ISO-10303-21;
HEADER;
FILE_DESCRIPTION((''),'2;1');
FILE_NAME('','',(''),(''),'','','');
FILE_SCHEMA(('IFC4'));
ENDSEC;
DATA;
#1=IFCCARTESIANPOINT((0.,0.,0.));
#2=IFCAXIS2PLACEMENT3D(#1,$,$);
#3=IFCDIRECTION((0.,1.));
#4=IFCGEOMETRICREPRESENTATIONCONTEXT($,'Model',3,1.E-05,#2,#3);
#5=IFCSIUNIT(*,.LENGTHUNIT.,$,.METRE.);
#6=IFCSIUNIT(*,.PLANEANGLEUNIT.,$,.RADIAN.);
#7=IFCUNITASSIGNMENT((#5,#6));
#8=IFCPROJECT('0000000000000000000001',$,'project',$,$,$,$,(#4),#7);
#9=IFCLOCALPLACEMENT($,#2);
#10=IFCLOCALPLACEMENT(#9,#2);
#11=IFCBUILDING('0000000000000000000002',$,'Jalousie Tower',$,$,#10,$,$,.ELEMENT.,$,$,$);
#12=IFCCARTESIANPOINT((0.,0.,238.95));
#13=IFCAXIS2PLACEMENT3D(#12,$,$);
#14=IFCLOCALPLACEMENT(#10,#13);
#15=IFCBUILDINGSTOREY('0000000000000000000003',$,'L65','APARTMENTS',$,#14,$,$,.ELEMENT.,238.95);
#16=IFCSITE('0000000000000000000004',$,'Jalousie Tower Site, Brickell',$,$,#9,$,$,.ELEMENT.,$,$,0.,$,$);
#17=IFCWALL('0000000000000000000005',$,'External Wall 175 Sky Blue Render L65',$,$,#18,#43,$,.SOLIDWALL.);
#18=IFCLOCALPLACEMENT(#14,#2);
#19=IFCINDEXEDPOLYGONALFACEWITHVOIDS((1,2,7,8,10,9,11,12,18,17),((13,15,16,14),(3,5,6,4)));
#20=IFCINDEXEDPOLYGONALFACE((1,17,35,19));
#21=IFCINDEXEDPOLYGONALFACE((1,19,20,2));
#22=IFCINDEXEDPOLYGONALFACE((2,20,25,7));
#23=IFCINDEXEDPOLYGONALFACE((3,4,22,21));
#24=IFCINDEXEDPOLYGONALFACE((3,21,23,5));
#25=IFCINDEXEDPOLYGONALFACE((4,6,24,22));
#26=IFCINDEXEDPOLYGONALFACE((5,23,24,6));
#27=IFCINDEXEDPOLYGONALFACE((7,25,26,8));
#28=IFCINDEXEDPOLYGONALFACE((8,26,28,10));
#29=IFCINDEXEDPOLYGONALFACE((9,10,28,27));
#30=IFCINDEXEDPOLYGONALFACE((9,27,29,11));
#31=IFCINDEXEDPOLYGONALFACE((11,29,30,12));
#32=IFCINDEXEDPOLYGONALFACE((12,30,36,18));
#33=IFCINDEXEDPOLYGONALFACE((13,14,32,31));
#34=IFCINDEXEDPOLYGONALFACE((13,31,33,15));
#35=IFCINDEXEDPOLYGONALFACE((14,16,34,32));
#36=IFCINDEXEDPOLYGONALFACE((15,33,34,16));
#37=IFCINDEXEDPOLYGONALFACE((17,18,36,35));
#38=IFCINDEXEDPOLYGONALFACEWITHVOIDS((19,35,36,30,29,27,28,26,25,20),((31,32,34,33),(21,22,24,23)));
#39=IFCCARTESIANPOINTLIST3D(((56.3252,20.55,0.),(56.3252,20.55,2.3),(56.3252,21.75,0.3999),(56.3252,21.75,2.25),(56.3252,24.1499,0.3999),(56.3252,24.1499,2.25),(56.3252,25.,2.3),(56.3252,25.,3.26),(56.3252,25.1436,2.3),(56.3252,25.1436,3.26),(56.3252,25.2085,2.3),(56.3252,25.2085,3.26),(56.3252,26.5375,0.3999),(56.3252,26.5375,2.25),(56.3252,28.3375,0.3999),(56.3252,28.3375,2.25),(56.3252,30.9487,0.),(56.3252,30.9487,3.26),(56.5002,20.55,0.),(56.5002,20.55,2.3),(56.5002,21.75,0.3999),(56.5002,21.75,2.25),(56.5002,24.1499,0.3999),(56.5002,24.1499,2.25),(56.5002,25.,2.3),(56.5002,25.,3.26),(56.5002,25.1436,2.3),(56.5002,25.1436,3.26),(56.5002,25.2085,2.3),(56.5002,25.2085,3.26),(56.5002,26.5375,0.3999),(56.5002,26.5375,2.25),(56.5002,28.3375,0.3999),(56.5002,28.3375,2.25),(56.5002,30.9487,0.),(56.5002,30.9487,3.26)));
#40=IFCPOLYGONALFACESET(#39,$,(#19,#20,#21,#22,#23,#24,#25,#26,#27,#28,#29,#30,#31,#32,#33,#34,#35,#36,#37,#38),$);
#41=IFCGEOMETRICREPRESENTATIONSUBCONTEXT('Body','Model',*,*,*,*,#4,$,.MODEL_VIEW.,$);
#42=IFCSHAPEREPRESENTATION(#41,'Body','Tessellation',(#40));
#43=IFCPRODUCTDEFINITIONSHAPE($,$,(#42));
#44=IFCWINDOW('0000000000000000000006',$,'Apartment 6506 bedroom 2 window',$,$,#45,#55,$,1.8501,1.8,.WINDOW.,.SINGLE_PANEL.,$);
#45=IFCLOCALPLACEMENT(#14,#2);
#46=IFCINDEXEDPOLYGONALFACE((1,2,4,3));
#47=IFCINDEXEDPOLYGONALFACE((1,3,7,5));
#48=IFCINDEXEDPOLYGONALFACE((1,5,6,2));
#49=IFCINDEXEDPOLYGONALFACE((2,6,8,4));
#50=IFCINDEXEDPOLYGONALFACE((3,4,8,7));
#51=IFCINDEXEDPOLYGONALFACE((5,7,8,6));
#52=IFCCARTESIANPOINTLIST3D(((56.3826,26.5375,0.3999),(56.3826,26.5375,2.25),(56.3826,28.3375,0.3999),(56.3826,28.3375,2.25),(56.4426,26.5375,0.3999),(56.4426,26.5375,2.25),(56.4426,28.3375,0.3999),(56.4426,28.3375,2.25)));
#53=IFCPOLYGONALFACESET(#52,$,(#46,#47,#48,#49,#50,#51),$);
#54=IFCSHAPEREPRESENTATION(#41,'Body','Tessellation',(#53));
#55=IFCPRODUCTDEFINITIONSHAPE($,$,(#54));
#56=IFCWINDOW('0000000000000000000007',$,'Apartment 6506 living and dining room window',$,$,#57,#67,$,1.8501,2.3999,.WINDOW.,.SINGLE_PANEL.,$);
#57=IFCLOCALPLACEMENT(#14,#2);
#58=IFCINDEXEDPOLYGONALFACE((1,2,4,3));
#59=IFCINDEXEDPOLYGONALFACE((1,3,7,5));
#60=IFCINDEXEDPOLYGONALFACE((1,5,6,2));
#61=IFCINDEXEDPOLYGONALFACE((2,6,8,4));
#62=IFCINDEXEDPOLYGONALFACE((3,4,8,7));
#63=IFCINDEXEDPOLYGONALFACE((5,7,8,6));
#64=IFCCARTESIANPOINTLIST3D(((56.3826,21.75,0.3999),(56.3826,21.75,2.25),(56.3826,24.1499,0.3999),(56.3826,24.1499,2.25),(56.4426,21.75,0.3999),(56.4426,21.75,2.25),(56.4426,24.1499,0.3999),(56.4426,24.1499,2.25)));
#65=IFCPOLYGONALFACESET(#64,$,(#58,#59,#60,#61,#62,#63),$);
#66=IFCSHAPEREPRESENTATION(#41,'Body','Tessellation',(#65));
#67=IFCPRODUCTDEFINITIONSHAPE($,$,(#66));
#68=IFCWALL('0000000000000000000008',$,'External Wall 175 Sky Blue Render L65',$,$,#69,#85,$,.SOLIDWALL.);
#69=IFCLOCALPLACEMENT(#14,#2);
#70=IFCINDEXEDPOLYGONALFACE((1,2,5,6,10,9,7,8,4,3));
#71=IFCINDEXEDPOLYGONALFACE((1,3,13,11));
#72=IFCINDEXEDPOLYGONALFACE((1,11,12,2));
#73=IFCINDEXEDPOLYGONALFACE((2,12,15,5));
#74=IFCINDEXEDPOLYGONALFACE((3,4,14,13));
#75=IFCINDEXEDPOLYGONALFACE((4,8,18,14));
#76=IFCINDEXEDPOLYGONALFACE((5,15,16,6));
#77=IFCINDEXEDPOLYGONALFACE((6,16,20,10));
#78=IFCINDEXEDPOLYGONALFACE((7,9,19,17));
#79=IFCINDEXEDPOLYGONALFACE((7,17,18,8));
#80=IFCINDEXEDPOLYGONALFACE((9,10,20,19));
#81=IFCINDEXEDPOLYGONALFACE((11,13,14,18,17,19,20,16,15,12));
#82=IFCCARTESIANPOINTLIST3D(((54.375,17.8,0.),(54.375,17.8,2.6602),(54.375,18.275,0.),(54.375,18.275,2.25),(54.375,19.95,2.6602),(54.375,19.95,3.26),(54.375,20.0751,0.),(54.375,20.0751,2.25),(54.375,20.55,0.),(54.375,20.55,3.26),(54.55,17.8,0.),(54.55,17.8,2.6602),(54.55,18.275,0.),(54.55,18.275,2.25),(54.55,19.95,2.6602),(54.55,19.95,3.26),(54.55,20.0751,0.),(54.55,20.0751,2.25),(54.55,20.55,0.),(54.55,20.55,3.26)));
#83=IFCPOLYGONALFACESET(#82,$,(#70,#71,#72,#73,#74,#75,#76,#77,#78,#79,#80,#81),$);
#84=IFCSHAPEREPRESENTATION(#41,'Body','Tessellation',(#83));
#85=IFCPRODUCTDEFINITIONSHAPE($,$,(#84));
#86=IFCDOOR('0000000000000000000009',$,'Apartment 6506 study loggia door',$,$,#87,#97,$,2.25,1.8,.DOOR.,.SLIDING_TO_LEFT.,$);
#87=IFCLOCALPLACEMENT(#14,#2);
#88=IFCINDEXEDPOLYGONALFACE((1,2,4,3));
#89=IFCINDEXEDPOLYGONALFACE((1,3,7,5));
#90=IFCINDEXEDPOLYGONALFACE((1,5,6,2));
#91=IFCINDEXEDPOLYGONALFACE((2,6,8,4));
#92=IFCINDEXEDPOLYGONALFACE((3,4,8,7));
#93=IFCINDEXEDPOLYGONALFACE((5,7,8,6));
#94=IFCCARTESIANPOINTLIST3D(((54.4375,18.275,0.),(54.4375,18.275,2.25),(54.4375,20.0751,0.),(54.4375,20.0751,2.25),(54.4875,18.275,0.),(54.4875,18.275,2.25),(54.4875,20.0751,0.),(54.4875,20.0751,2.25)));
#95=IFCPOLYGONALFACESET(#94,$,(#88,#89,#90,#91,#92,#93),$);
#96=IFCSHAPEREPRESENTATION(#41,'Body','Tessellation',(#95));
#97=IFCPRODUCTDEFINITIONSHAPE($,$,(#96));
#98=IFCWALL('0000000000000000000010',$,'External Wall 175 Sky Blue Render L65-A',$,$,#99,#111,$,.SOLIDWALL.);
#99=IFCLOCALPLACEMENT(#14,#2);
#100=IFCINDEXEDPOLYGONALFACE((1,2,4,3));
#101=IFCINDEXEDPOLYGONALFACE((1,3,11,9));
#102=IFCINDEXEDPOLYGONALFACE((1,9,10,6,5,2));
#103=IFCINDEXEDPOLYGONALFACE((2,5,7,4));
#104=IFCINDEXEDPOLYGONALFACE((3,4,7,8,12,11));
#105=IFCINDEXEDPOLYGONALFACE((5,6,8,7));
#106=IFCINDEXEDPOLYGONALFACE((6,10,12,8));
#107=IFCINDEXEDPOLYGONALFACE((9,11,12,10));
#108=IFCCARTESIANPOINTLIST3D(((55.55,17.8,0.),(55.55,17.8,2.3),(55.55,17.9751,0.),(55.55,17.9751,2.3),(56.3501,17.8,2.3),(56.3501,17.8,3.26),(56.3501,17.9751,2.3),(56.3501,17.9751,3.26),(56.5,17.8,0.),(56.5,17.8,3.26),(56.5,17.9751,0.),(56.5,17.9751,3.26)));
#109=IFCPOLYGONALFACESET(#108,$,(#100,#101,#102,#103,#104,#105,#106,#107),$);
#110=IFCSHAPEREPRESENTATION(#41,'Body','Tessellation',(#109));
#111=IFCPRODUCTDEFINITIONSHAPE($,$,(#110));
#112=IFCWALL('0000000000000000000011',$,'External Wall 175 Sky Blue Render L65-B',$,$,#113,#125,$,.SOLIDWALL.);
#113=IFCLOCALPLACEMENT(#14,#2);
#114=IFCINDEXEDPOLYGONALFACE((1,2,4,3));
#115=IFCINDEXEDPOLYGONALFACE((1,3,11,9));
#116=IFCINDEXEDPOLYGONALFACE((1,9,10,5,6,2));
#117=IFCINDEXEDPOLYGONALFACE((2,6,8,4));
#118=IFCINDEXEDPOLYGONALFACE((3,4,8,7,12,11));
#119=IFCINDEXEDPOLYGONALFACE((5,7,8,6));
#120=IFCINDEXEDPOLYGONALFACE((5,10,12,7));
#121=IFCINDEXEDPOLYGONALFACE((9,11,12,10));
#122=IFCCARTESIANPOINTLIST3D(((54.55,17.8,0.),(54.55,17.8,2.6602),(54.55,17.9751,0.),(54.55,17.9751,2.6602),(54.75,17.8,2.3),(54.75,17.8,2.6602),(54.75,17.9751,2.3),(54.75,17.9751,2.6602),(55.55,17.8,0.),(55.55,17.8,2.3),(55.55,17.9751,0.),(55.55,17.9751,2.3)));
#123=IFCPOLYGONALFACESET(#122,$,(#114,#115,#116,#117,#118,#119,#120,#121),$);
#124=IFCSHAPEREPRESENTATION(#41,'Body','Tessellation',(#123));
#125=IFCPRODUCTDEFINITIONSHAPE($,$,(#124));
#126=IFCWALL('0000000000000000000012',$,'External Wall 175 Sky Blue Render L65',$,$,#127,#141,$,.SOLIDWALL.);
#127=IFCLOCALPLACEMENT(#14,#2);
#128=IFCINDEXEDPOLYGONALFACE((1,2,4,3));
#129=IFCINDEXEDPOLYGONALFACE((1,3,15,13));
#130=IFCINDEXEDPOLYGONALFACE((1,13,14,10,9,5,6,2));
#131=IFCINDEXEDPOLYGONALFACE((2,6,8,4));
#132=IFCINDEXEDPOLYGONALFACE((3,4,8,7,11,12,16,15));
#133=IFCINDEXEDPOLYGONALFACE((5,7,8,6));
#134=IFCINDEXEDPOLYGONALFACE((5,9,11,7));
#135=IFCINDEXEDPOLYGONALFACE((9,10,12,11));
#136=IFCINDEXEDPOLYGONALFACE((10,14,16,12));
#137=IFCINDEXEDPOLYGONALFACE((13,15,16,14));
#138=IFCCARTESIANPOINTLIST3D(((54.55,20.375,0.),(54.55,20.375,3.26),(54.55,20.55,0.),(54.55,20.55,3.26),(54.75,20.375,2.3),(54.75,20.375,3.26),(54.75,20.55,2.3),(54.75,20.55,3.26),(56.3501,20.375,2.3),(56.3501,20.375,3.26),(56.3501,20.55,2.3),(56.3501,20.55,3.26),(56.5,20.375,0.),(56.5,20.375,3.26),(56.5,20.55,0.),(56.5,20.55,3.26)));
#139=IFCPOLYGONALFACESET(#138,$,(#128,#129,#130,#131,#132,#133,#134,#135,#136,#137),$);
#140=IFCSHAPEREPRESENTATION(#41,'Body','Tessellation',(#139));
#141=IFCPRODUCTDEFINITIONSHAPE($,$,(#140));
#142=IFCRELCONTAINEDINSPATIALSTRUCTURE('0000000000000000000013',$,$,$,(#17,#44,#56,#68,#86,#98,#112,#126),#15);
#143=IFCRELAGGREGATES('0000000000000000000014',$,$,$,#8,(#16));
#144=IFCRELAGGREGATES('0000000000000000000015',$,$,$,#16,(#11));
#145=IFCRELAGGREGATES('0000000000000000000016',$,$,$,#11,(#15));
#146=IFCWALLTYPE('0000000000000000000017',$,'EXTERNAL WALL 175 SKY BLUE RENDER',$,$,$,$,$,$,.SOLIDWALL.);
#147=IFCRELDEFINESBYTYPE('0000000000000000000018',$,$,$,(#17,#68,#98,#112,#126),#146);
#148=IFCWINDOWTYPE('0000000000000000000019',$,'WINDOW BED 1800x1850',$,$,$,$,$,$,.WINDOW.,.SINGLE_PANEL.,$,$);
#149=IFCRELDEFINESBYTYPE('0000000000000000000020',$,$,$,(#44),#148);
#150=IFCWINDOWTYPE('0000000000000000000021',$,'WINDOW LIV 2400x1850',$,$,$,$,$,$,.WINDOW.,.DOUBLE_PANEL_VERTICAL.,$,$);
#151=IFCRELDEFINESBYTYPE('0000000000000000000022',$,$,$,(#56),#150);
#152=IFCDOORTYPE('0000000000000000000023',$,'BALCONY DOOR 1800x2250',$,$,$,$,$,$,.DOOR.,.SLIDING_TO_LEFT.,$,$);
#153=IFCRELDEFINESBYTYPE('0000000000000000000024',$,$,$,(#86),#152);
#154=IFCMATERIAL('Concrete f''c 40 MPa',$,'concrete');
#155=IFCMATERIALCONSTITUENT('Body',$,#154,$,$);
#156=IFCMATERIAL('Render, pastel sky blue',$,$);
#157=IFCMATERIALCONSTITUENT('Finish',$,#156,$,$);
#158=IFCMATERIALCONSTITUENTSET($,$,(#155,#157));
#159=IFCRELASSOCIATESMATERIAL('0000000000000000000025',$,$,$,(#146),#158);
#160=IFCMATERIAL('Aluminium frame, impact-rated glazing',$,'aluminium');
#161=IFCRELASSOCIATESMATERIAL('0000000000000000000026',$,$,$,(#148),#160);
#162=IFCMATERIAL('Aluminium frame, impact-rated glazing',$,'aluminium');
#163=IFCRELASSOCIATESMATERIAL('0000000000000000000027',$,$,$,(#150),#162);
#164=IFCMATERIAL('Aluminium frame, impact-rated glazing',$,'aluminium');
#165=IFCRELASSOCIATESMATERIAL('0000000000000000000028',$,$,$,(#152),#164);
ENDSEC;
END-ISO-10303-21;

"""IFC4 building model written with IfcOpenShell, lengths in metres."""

from ifc_helpers import new_model, si_unit, direction, frame, frame_2d, origin, place, context, subcontext, project, spatial, polyline, rectangle, outline, extrude, material, constituent, constituent_set, type_object, element, fill, save


model = new_model("IFC4")

# Units and contexts
model_context = context("Model", 3, precision=1e-05, world=origin(), true_north=direction((0.0, 1.0)))
body_context = subcontext(model_context, "Body", "Model", "MODEL_VIEW")
ifc_project = project(units=[si_unit("LENGTHUNIT", "METRE"), si_unit("PLANEANGLEUNIT", "RADIAN")], contexts=[model_context])

# Site, building, storey
site_placement = place(None, origin())
site = spatial("IfcSite", under=ifc_project, at=site_placement, Name="Jalousie Tower Site, Brickell", CompositionType="ELEMENT", RefElevation=0.0)
building_placement = place(site_placement, origin())
building = spatial("IfcBuilding", under=site, at=building_placement, Name="Jalousie Tower", CompositionType="ELEMENT")
storey_placement = place(building_placement, frame((0.0, 0.0, 238.95)))
storey = spatial("IfcBuildingStorey", under=building, at=storey_placement, Name="L65", Description="APARTMENTS", CompositionType="ELEMENT", Elevation=238.95)

# Wall, openings, windows
ifc_material_1 = material(Name="Concrete f'c 40 MPa", Category="concrete")
ifc_constituent_1 = constituent(ifc_material_1, Name="Body")
ifc_material_2 = material(Name="Render, pastel sky blue")
ifc_constituent_2 = constituent(ifc_material_2, Name="Finish")
ifc_constituent_set_1 = constituent_set(constituents=[ifc_constituent_1, ifc_constituent_2])
wall_type_1 = type_object("IfcWallType", Name="EXTERNAL WALL 175 SKY BLUE RENDER", PredefinedType="SOLIDWALL", material=ifc_constituent_set_1)
wall_1_placement = place(storey_placement, frame((56.4126, 20.55, 0.0), z_axis=(0.0, 0.0, 1.0), x_axis=(0.0, 1.0, 0.0)))
wall_1 = element("IfcWall", 1, at=wall_1_placement, inside=storey, type_object=wall_type_1, Name="External Wall 175 Sky Blue Render L65", PredefinedType="SOLIDWALL", context=body_context, shape_type="SweptSolid", body=[
    extrude(outline(polyline([(0.0, 0.0), (10.3987, 0.0), (10.3987, 3.26), (4.6584, 3.26), (4.6584, 2.3), (4.5935, 2.3), (4.5935, 3.26), (4.45, 3.26), (4.45, 2.3), (0.0, 2.3), (0.0, 0.0)])), frame((0.0, 0.0874, 0.0), z_axis=(0.0, -1.0, 0.0), x_axis=(1.0, 0.0, 0.0)), (0.0, 0.0, 1.0), 0.175),
])
opening_1_placement = place(wall_1_placement, frame((1.2, 0.0, 0.3999)))
opening_1 = element("IfcOpeningElement", 2, at=opening_1_placement, cuts=wall_1, PredefinedType="OPENING", context=body_context, shape_type="SweptSolid", body=[
    extrude(rectangle(XDim=2.3999, YDim=1.8501, at=frame_2d((1.2, 0.925))), frame((0.0, 0.0974, 0.0), z_axis=(0.0, -1.0, 0.0), x_axis=(1.0, 0.0, 0.0)), (0.0, 0.0, 1.0), 0.1951),
])
opening_2_placement = place(wall_1_placement, frame((5.9875, 0.0, 0.3999)))
opening_2 = element("IfcOpeningElement", 3, at=opening_2_placement, cuts=wall_1, PredefinedType="OPENING", context=body_context, shape_type="SweptSolid", body=[
    extrude(rectangle(XDim=1.8, YDim=1.8501, at=frame_2d((0.8999, 0.925))), frame((0.0, 0.0974, 0.0), z_axis=(0.0, -1.0, 0.0), x_axis=(1.0, 0.0, 0.0)), (0.0, 0.0, 1.0), 0.1951),
])
ifc_material_3 = material(Name="Aluminium frame, impact-rated glazing", Category="aluminium")
window_type_1 = type_object("IfcWindowType", Name="WINDOW BED 1800x1850", PartitioningType="SINGLE_PANEL", PredefinedType="WINDOW", material=ifc_material_3)
window_1_placement = place(opening_2_placement, origin())
window_1 = element("IfcWindow", 4, at=window_1_placement, inside=storey, type_object=window_type_1, Name="Apartment 6506 bedroom 2 window", OverallHeight=1.8501, OverallWidth=1.8, PartitioningType="SINGLE_PANEL", PredefinedType="WINDOW", context=body_context, shape_type="SweptSolid", body=[
    extrude(rectangle(XDim=1.8, YDim=1.8501, at=frame_2d((0.8999, 0.925))), frame((0.0, 0.03, 0.0), z_axis=(0.0, -1.0, 0.0), x_axis=(1.0, 0.0, 0.0)), (0.0, 0.0, 1.0), 0.0601),
])
fill(opening_2, window_1)
ifc_material_4 = material(Name="Aluminium frame, impact-rated glazing", Category="aluminium")
window_type_2 = type_object("IfcWindowType", Name="WINDOW LIV 2400x1850", PartitioningType="DOUBLE_PANEL_VERTICAL", PredefinedType="WINDOW", material=ifc_material_4)
window_2_placement = place(opening_1_placement, origin())
window_2 = element("IfcWindow", 5, at=window_2_placement, inside=storey, type_object=window_type_2, Name="Apartment 6506 living and dining room window", OverallHeight=1.8501, OverallWidth=2.3999, PartitioningType="SINGLE_PANEL", PredefinedType="WINDOW", context=body_context, shape_type="SweptSolid", body=[
    extrude(rectangle(XDim=2.3999, YDim=1.8501, at=frame_2d((1.2, 0.925))), frame((0.0, 0.03, 0.0), z_axis=(0.0, -1.0, 0.0), x_axis=(1.0, 0.0, 0.0)), (0.0, 0.0, 1.0), 0.0601),
])
fill(opening_1, window_2)

# Wall, opening, door
wall_2_placement = place(storey_placement, frame((54.4624, 17.8, 0.0), z_axis=(0.0, 0.0, 1.0), x_axis=(0.0, 1.0, 0.0)))
wall_2 = element("IfcWall", 6, at=wall_2_placement, inside=storey, type_object=wall_type_1, Name="External Wall 175 Sky Blue Render L65", PredefinedType="SOLIDWALL", context=body_context, shape_type="SweptSolid", body=[
    extrude(outline(polyline([(0.0, 0.0), (2.75, 0.0), (2.75, 3.26), (2.1499, 3.26), (2.1499, 2.6602), (0.0, 2.6602), (0.0, 0.0)])), frame((0.0, 0.0874, 0.0), z_axis=(0.0, -1.0, 0.0), x_axis=(1.0, 0.0, 0.0)), (0.0, 0.0, 1.0), 0.175),
])
opening_3_placement = place(wall_2_placement, frame((0.4751, 0.0, 0.0)))
opening_3 = element("IfcOpeningElement", 7, at=opening_3_placement, cuts=wall_2, PredefinedType="OPENING", context=body_context, shape_type="SweptSolid", body=[
    extrude(rectangle(XDim=1.8, YDim=2.25, at=frame_2d((0.8999, 1.125))), frame((0.0, 0.0974, 0.0), z_axis=(0.0, -1.0, 0.0), x_axis=(1.0, 0.0, 0.0)), (0.0, 0.0, 1.0), 0.1951),
])
ifc_material_5 = material(Name="Aluminium frame, impact-rated glazing", Category="aluminium")
door_type_1 = type_object("IfcDoorType", Name="BALCONY DOOR 1800x2250", OperationType="SLIDING_TO_LEFT", PredefinedType="DOOR", material=ifc_material_5)
door_1_placement = place(opening_3_placement, origin())
door_1 = element("IfcDoor", 8, at=door_1_placement, inside=storey, type_object=door_type_1, Name="Apartment 6506 study loggia door", OperationType="SLIDING_TO_LEFT", OverallHeight=2.25, OverallWidth=1.8, PredefinedType="DOOR", context=body_context, shape_type="SweptSolid", body=[
    extrude(rectangle(XDim=1.8, YDim=2.25, at=frame_2d((0.8999, 1.125))), frame((0.0, 0.0249, 0.0), z_axis=(0.0, -1.0, 0.0), x_axis=(1.0, 0.0, 0.0)), (0.0, 0.0, 1.0), 0.05),
])
fill(opening_3, door_1)

# Walls
wall_3_placement = place(storey_placement, frame((56.5, 17.8875, 0.0), z_axis=(0.0, 0.0, 1.0), x_axis=(-1.0, 0.0, 0.0)))
element("IfcWall", 9, at=wall_3_placement, inside=storey, type_object=wall_type_1, Name="External Wall 175 Sky Blue Render L65-A", PredefinedType="SOLIDWALL", context=body_context, shape_type="SweptSolid", body=[
    extrude(outline(polyline([(0.0, 0.0), (0.95, 0.0), (0.95, 2.3), (0.1499, 2.3), (0.1499, 3.26), (0.0, 3.26), (0.0, 0.0)])), frame((0.0, 0.0874, 0.0), z_axis=(0.0, -1.0, 0.0), x_axis=(1.0, 0.0, 0.0)), (0.0, 0.0, 1.0), 0.175),
])
wall_4_placement = place(storey_placement, frame((55.55, 17.8875, 0.0), z_axis=(0.0, 0.0, 1.0), x_axis=(-1.0, 0.0, 0.0)))
element("IfcWall", 10, at=wall_4_placement, inside=storey, type_object=wall_type_1, Name="External Wall 175 Sky Blue Render L65-B", PredefinedType="SOLIDWALL", context=body_context, shape_type="SweptSolid", body=[
    extrude(outline(polyline([(0.0, 0.0), (1.0, 0.0), (1.0, 2.6602), (0.8, 2.6602), (0.8, 2.3), (0.0, 2.3), (0.0, 0.0)])), frame((0.0, 0.0874, 0.0), z_axis=(0.0, -1.0, 0.0), x_axis=(1.0, 0.0, 0.0)), (0.0, 0.0, 1.0), 0.175),
])
wall_5_placement = place(storey_placement, frame((56.5, 20.4624, 0.0), z_axis=(0.0, 0.0, 1.0), x_axis=(-1.0, 0.0, 0.0)))
element("IfcWall", 11, at=wall_5_placement, inside=storey, type_object=wall_type_1, Name="External Wall 175 Sky Blue Render L65", PredefinedType="SOLIDWALL", context=body_context, shape_type="SweptSolid", body=[
    extrude(outline(polyline([(0.0, 0.0), (1.95, 0.0), (1.95, 3.26), (1.75, 3.26), (1.75, 2.3), (0.1499, 2.3), (0.1499, 3.26), (0.0, 3.26), (0.0, 0.0)])), frame((0.0, 0.0874, 0.0), z_axis=(0.0, -1.0, 0.0), x_axis=(1.0, 0.0, 0.0)), (0.0, 0.0, 1.0), 0.175),
])

save(model, "model.ifc")
